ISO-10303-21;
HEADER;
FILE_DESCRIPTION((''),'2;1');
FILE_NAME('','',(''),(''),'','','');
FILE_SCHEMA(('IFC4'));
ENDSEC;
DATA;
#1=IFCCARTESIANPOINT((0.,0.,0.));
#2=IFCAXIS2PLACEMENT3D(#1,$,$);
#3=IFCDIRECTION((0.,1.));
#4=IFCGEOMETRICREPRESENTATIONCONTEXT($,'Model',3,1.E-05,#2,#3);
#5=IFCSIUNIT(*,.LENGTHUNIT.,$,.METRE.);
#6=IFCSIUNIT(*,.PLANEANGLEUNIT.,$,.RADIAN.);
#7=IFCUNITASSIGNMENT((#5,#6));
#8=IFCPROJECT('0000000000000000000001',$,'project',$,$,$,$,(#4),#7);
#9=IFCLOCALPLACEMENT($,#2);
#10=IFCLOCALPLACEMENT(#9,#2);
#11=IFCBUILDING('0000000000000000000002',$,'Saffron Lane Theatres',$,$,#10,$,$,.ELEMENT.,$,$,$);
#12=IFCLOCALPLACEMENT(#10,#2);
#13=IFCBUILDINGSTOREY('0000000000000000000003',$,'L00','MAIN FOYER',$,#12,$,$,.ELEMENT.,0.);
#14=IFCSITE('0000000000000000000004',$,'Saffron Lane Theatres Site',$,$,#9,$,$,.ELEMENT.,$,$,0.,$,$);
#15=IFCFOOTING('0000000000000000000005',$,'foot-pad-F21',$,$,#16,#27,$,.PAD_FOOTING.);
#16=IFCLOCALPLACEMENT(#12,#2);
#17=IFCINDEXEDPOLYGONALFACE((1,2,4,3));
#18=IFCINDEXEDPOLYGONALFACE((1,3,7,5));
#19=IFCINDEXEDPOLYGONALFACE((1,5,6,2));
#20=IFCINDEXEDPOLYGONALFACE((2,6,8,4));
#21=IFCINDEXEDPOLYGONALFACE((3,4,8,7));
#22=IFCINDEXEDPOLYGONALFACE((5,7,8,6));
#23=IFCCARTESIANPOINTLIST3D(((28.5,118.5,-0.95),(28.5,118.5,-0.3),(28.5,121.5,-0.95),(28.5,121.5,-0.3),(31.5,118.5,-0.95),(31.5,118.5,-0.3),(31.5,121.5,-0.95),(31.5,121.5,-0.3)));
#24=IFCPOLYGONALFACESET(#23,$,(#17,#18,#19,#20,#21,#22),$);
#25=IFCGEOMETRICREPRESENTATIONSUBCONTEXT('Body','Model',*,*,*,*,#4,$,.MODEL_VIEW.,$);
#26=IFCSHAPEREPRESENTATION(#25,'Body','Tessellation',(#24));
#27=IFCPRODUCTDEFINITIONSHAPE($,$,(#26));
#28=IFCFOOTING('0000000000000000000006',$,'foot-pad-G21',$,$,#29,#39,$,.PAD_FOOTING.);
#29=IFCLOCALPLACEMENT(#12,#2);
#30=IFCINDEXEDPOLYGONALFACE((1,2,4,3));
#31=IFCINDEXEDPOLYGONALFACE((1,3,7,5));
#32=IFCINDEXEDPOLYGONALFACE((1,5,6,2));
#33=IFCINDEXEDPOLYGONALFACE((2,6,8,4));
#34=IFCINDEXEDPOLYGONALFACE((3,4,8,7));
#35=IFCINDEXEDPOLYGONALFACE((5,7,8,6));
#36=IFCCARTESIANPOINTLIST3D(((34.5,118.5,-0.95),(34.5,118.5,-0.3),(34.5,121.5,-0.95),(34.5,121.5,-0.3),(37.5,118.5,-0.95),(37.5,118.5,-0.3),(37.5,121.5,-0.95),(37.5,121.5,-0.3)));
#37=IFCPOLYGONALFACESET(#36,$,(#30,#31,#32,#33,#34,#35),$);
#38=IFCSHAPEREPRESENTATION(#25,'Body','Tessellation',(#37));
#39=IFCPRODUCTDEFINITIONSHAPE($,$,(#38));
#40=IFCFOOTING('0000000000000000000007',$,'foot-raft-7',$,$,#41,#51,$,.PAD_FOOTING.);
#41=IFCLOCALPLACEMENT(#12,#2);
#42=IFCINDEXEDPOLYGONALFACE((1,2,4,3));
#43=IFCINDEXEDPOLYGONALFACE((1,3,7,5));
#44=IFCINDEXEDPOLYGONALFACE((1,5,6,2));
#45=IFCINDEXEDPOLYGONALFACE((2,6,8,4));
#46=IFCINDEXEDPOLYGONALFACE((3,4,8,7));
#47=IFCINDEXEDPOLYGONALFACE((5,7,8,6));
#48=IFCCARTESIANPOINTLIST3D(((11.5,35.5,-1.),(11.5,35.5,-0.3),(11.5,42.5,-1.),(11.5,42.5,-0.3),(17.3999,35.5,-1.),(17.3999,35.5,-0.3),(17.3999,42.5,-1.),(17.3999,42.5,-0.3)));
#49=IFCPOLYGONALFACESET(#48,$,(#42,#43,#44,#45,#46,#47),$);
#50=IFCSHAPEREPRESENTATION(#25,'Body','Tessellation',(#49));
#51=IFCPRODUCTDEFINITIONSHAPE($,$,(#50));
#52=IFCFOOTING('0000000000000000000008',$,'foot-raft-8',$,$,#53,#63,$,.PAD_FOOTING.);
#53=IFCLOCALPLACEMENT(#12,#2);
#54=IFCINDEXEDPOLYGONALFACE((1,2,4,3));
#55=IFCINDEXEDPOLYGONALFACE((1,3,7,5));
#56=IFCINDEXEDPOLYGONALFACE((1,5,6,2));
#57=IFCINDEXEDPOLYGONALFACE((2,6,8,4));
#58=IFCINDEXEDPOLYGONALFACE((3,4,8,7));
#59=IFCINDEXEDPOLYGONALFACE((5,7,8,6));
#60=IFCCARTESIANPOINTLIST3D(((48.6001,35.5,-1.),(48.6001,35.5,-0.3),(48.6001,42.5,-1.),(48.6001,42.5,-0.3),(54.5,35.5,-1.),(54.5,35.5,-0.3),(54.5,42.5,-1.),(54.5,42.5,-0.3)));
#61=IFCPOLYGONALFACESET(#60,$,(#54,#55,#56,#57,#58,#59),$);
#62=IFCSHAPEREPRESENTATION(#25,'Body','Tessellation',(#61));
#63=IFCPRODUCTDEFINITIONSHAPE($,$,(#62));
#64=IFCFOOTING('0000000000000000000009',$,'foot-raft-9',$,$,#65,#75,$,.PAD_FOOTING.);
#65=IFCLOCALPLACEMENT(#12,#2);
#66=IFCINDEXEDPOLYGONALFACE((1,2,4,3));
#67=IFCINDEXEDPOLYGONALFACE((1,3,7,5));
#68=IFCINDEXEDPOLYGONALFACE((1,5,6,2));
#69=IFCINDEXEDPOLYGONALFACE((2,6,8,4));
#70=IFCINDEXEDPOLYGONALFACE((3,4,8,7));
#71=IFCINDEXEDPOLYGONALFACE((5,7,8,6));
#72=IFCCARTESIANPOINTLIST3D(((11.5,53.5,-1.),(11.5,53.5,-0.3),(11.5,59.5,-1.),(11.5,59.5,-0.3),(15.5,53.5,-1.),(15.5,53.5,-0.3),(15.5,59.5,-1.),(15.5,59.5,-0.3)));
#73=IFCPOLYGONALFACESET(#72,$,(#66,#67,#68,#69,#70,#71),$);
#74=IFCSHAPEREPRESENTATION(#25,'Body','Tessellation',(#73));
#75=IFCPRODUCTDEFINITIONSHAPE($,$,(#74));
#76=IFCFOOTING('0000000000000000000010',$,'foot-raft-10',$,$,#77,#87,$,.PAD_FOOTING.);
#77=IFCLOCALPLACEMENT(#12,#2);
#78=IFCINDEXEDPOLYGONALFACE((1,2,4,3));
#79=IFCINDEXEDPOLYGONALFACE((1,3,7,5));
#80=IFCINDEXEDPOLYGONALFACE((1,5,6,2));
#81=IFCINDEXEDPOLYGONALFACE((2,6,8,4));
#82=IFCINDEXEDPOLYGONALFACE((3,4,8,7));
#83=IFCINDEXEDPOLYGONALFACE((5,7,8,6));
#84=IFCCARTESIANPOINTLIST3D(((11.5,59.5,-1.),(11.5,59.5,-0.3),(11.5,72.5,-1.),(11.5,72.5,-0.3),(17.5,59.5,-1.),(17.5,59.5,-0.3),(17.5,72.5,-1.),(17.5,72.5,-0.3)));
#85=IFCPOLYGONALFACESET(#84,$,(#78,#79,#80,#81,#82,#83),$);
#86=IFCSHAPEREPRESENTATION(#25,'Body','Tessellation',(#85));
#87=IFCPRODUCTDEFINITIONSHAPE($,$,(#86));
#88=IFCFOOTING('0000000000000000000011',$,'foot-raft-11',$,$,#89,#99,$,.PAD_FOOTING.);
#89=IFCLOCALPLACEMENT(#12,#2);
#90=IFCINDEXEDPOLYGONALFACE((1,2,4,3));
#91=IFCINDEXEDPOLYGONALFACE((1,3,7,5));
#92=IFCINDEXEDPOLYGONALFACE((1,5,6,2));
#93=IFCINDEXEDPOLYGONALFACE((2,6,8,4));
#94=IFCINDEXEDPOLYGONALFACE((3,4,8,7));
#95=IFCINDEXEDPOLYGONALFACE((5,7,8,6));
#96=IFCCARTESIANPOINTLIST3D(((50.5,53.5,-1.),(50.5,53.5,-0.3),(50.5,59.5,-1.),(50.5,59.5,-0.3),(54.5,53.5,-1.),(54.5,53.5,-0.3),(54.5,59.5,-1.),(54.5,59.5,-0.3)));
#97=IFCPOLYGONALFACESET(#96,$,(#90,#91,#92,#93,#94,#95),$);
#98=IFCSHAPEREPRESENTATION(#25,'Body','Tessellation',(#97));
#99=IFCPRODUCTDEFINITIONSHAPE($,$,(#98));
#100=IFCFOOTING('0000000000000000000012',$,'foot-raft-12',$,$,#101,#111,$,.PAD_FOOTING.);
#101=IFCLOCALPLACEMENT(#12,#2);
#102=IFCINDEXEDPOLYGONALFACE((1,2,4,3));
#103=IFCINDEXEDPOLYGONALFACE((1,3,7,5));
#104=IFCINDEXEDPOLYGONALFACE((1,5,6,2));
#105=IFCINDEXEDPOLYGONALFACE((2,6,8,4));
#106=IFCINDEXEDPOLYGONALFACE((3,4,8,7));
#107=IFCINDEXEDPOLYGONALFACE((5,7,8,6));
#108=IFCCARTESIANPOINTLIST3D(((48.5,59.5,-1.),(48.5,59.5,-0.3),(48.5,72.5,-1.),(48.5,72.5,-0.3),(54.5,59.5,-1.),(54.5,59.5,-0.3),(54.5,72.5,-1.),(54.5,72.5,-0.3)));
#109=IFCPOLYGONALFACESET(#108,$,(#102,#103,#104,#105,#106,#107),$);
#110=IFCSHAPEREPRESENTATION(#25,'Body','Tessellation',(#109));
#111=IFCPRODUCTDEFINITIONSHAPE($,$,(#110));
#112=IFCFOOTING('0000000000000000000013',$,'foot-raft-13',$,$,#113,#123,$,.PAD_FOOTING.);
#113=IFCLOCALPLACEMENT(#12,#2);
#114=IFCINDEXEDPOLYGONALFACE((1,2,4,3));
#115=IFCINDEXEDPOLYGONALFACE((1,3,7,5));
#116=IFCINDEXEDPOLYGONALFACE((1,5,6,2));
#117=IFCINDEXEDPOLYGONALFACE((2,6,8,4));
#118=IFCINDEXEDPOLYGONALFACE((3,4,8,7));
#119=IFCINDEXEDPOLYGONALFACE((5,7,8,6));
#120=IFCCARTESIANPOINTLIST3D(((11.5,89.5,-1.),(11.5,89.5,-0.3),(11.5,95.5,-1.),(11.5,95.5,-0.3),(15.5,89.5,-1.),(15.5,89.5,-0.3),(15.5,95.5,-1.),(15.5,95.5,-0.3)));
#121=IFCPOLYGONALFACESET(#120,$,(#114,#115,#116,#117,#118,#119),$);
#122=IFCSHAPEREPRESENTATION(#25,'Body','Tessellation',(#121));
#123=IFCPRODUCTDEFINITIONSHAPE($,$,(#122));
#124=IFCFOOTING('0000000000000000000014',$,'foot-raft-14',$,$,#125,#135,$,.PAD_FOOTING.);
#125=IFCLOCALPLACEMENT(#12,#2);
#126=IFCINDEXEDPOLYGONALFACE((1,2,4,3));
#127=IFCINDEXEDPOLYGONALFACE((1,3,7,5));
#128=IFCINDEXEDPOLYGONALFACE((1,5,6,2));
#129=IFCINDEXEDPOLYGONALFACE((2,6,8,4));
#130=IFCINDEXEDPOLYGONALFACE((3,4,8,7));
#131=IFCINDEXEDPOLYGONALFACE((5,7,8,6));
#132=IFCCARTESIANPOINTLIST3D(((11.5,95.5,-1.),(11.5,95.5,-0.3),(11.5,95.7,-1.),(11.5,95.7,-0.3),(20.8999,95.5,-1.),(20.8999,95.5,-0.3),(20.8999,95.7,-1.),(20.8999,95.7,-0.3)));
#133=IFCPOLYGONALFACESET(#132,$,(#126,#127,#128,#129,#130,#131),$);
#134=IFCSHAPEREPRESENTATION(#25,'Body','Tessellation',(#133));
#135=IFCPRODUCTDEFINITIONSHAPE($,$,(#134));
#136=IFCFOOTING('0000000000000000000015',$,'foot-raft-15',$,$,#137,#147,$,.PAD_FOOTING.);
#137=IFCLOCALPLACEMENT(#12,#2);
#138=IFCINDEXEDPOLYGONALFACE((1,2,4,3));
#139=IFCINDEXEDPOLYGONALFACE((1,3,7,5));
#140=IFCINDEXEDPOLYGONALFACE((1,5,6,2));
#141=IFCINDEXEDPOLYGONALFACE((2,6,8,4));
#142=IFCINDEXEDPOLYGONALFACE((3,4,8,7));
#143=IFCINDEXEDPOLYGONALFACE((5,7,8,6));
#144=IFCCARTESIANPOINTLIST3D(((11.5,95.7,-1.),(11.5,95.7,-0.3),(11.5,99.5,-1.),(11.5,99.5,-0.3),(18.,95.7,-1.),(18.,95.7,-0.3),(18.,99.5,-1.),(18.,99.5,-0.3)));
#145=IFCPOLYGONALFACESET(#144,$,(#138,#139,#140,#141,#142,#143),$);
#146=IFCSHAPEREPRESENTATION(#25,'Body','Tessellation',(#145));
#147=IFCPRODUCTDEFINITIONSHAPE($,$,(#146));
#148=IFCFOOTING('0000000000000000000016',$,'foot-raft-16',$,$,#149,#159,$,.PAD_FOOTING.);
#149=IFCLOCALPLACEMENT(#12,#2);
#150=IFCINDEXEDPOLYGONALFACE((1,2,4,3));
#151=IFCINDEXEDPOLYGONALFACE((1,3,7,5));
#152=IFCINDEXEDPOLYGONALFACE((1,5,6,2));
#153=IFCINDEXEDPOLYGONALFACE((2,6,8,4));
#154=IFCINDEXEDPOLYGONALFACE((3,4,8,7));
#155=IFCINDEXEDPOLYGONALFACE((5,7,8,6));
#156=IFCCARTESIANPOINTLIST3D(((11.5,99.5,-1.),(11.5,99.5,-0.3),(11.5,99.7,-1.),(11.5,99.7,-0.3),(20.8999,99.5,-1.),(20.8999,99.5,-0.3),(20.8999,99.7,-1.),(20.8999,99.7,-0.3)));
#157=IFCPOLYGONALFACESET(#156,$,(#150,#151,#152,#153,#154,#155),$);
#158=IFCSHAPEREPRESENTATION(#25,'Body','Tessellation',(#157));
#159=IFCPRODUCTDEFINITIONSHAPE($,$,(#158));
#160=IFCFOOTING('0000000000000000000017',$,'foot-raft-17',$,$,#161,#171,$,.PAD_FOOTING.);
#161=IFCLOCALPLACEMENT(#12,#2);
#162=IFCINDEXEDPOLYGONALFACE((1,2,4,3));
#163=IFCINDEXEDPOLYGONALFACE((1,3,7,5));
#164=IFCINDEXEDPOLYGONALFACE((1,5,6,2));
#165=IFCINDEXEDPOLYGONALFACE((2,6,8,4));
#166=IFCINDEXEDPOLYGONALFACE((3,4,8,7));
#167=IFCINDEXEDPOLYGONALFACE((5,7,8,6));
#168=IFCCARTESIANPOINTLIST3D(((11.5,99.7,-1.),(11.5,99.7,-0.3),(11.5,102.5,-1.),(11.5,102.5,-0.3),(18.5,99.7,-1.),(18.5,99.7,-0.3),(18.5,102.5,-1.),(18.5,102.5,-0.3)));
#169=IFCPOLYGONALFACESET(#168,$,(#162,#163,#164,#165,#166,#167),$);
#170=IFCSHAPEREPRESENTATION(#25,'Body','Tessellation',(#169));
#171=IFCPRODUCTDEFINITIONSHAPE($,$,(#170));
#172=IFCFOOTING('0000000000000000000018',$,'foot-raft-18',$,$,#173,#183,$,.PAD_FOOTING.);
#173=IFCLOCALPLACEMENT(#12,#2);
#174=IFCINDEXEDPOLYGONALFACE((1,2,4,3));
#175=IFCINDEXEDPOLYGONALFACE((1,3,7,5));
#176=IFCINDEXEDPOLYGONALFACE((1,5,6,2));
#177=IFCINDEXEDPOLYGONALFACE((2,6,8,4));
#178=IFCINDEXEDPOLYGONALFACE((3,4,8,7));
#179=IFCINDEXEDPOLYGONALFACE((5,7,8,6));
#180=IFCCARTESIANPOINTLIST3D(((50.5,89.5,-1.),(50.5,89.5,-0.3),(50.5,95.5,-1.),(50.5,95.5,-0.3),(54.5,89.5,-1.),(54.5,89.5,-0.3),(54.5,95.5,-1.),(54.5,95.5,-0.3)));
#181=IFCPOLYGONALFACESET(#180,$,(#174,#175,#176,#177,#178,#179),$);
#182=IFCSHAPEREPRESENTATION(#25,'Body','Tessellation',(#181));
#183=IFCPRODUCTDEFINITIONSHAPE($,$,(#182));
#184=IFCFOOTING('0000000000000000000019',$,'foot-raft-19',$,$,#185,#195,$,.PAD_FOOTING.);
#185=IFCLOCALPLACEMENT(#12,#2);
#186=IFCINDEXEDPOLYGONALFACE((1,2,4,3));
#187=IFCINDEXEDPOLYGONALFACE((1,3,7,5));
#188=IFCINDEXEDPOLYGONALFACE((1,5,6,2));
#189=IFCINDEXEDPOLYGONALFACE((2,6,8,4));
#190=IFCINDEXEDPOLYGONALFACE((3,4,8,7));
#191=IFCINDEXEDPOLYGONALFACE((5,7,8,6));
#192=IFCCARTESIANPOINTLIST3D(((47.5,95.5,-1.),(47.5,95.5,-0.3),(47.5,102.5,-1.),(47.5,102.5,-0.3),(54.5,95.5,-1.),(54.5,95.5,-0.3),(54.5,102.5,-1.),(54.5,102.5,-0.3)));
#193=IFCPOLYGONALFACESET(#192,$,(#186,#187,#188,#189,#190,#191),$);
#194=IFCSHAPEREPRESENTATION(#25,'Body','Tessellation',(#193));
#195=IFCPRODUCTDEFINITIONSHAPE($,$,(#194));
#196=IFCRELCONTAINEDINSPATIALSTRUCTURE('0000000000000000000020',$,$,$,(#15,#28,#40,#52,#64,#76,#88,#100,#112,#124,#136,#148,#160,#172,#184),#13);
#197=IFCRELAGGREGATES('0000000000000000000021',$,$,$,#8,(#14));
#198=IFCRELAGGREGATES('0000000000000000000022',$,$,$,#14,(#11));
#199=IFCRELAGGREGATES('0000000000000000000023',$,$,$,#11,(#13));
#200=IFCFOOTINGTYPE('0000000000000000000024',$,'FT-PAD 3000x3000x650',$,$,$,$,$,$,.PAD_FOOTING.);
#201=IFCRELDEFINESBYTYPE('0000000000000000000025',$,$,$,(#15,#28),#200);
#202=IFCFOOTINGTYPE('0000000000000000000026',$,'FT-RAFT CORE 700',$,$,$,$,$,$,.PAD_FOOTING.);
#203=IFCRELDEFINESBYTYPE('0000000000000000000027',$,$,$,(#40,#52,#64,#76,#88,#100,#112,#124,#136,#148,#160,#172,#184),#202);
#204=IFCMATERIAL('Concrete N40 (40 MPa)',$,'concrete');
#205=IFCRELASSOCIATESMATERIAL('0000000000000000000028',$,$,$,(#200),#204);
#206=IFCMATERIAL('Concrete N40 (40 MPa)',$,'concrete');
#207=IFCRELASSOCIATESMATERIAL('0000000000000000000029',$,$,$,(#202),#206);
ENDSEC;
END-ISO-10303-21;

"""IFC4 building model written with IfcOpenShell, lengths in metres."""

from ifc_helpers import new_model, si_unit, direction, frame, origin, place, context, subcontext, project, spatial, polyline, outline, extrude, material, type_object, element, save


model = new_model("IFC4")

# Units and contexts
model_context = context("Model", 3, precision=1e-05, world=origin(), true_north=direction((0.0, 1.0)))
body_context = subcontext(model_context, "Body", "Model", "MODEL_VIEW")
ifc_project = project(units=[si_unit("LENGTHUNIT", "METRE"), si_unit("PLANEANGLEUNIT", "RADIAN")], contexts=[model_context])

# Site, building, storey
site_placement = place(None, origin())
site = spatial("IfcSite", under=ifc_project, at=site_placement, Name="Saffron Lane Theatres Site", CompositionType="ELEMENT", RefElevation=0.0)
building_placement = place(site_placement, origin())
building = spatial("IfcBuilding", under=site, at=building_placement, Name="Saffron Lane Theatres", CompositionType="ELEMENT")
storey_placement = place(building_placement, origin())
storey = spatial("IfcBuildingStorey", under=building, at=storey_placement, Name="L00", Description="MAIN FOYER", CompositionType="ELEMENT", Elevation=0.0)

# Footings
ifc_material_1 = material(Name="Concrete N40 (40 MPa)", Category="concrete")
footing_type_1 = type_object("IfcFootingType", Name="FT-PAD 3000x3000x650", PredefinedType="PAD_FOOTING", material=ifc_material_1)
footing_1_placement = place(storey_placement, frame((0.0, 0.0, -0.95)))
element("IfcFooting", 1, at=footing_1_placement, inside=storey, type_object=footing_type_1, Name="foot-pad-F21", PredefinedType="PAD_FOOTING", context=body_context, shape_type="SweptSolid", body=[
    extrude(outline(polyline([(28.5, 118.5), (31.5, 118.5), (31.5, 121.5), (28.5, 121.5), (28.5, 118.5)])), origin(), (0.0, 0.0, 1.0), 0.6499),
])
footing_2_placement = place(storey_placement, frame((0.0, 0.0, -0.95)))
element("IfcFooting", 2, at=footing_2_placement, inside=storey, type_object=footing_type_1, Name="foot-pad-G21", PredefinedType="PAD_FOOTING", context=body_context, shape_type="SweptSolid", body=[
    extrude(outline(polyline([(34.5, 118.5), (37.5, 118.5), (37.5, 121.5), (34.5, 121.5), (34.5, 118.5)])), origin(), (0.0, 0.0, 1.0), 0.6499),
])
ifc_material_2 = material(Name="Concrete N40 (40 MPa)", Category="concrete")
footing_type_2 = type_object("IfcFootingType", Name="FT-RAFT CORE 700", PredefinedType="PAD_FOOTING", material=ifc_material_2)
footing_3_placement = place(storey_placement, frame((0.0, 0.0, -1.0)))
element("IfcFooting", 3, at=footing_3_placement, inside=storey, type_object=footing_type_2, Name="foot-raft-7", PredefinedType="PAD_FOOTING", context=body_context, shape_type="SweptSolid", body=[
    extrude(outline(polyline([(11.5, 35.5), (17.3999, 35.5), (17.3999, 42.5), (11.5, 42.5), (11.5, 35.5)])), origin(), (0.0, 0.0, 1.0), 0.7),
])
footing_4_placement = place(storey_placement, frame((0.0, 0.0, -1.0)))
element("IfcFooting", 4, at=footing_4_placement, inside=storey, type_object=footing_type_2, Name="foot-raft-8", PredefinedType="PAD_FOOTING", context=body_context, shape_type="SweptSolid", body=[
    extrude(outline(polyline([(48.6001, 35.5), (54.5, 35.5), (54.5, 42.5), (48.6001, 42.5), (48.6001, 35.5)])), origin(), (0.0, 0.0, 1.0), 0.7),
])
footing_5_placement = place(storey_placement, frame((0.0, 0.0, -1.0)))
element("IfcFooting", 5, at=footing_5_placement, inside=storey, type_object=footing_type_2, Name="foot-raft-9", PredefinedType="PAD_FOOTING", context=body_context, shape_type="SweptSolid", body=[
    extrude(outline(polyline([(11.5, 53.5), (15.5, 53.5), (15.5, 59.5), (11.5, 59.5), (11.5, 53.5)])), origin(), (0.0, 0.0, 1.0), 0.7),
])
footing_6_placement = place(storey_placement, frame((0.0, 0.0, -1.0)))
element("IfcFooting", 6, at=footing_6_placement, inside=storey, type_object=footing_type_2, Name="foot-raft-10", PredefinedType="PAD_FOOTING", context=body_context, shape_type="SweptSolid", body=[
    extrude(outline(polyline([(11.5, 59.5), (17.5, 59.5), (17.5, 72.5), (11.5, 72.5), (11.5, 59.5)])), origin(), (0.0, 0.0, 1.0), 0.7),
])
footing_7_placement = place(storey_placement, frame((0.0, 0.0, -1.0)))
element("IfcFooting", 7, at=footing_7_placement, inside=storey, type_object=footing_type_2, Name="foot-raft-11", PredefinedType="PAD_FOOTING", context=body_context, shape_type="SweptSolid", body=[
    extrude(outline(polyline([(50.5, 53.5), (54.5, 53.5), (54.5, 59.5), (50.5, 59.5), (50.5, 53.5)])), origin(), (0.0, 0.0, 1.0), 0.7),
])
footing_8_placement = place(storey_placement, frame((0.0, 0.0, -1.0)))
element("IfcFooting", 8, at=footing_8_placement, inside=storey, type_object=footing_type_2, Name="foot-raft-12", PredefinedType="PAD_FOOTING", context=body_context, shape_type="SweptSolid", body=[
    extrude(outline(polyline([(48.5, 59.5), (54.5, 59.5), (54.5, 72.5), (48.5, 72.5), (48.5, 59.5)])), origin(), (0.0, 0.0, 1.0), 0.7),
])
footing_9_placement = place(storey_placement, frame((0.0, 0.0, -1.0)))
element("IfcFooting", 9, at=footing_9_placement, inside=storey, type_object=footing_type_2, Name="foot-raft-13", PredefinedType="PAD_FOOTING", context=body_context, shape_type="SweptSolid", body=[
    extrude(outline(polyline([(11.5, 89.5), (15.5, 89.5), (15.5, 95.5), (11.5, 95.5), (11.5, 89.5)])), origin(), (0.0, 0.0, 1.0), 0.7),
])
footing_10_placement = place(storey_placement, frame((0.0, 0.0, -1.0)))
element("IfcFooting", 10, at=footing_10_placement, inside=storey, type_object=footing_type_2, Name="foot-raft-14", PredefinedType="PAD_FOOTING", context=body_context, shape_type="SweptSolid", body=[
    extrude(outline(polyline([(11.5, 95.5), (20.8999, 95.5), (20.8999, 95.7), (11.5, 95.7), (11.5, 95.5)])), origin(), (0.0, 0.0, 1.0), 0.7),
])
footing_11_placement = place(storey_placement, frame((0.0, 0.0, -1.0)))
element("IfcFooting", 11, at=footing_11_placement, inside=storey, type_object=footing_type_2, Name="foot-raft-15", PredefinedType="PAD_FOOTING", context=body_context, shape_type="SweptSolid", body=[
    extrude(outline(polyline([(11.5, 95.7), (18.0, 95.7), (18.0, 99.5), (11.5, 99.5), (11.5, 95.7)])), origin(), (0.0, 0.0, 1.0), 0.7),
])
footing_12_placement = place(storey_placement, frame((0.0, 0.0, -1.0)))
element("IfcFooting", 12, at=footing_12_placement, inside=storey, type_object=footing_type_2, Name="foot-raft-16", PredefinedType="PAD_FOOTING", context=body_context, shape_type="SweptSolid", body=[
    extrude(outline(polyline([(11.5, 99.5), (20.8999, 99.5), (20.8999, 99.7), (11.5, 99.7), (11.5, 99.5)])), origin(), (0.0, 0.0, 1.0), 0.7),
])
footing_13_placement = place(storey_placement, frame((0.0, 0.0, -1.0)))
element("IfcFooting", 13, at=footing_13_placement, inside=storey, type_object=footing_type_2, Name="foot-raft-17", PredefinedType="PAD_FOOTING", context=body_context, shape_type="SweptSolid", body=[
    extrude(outline(polyline([(11.5, 99.7), (18.5, 99.7), (18.5, 102.5), (11.5, 102.5), (11.5, 99.7)])), origin(), (0.0, 0.0, 1.0), 0.7),
])
footing_14_placement = place(storey_placement, frame((0.0, 0.0, -1.0)))
element("IfcFooting", 14, at=footing_14_placement, inside=storey, type_object=footing_type_2, Name="foot-raft-18", PredefinedType="PAD_FOOTING", context=body_context, shape_type="SweptSolid", body=[
    extrude(outline(polyline([(50.5, 89.5), (54.5, 89.5), (54.5, 95.5), (50.5, 95.5), (50.5, 89.5)])), origin(), (0.0, 0.0, 1.0), 0.7),
])
footing_15_placement = place(storey_placement, frame((0.0, 0.0, -1.0)))
element("IfcFooting", 15, at=footing_15_placement, inside=storey, type_object=footing_type_2, Name="foot-raft-19", PredefinedType="PAD_FOOTING", context=body_context, shape_type="SweptSolid", body=[
    extrude(outline(polyline([(47.5, 95.5), (54.5, 95.5), (54.5, 102.5), (47.5, 102.5), (47.5, 95.5)])), origin(), (0.0, 0.0, 1.0), 0.7),
])

save(model, "model.ifc")
